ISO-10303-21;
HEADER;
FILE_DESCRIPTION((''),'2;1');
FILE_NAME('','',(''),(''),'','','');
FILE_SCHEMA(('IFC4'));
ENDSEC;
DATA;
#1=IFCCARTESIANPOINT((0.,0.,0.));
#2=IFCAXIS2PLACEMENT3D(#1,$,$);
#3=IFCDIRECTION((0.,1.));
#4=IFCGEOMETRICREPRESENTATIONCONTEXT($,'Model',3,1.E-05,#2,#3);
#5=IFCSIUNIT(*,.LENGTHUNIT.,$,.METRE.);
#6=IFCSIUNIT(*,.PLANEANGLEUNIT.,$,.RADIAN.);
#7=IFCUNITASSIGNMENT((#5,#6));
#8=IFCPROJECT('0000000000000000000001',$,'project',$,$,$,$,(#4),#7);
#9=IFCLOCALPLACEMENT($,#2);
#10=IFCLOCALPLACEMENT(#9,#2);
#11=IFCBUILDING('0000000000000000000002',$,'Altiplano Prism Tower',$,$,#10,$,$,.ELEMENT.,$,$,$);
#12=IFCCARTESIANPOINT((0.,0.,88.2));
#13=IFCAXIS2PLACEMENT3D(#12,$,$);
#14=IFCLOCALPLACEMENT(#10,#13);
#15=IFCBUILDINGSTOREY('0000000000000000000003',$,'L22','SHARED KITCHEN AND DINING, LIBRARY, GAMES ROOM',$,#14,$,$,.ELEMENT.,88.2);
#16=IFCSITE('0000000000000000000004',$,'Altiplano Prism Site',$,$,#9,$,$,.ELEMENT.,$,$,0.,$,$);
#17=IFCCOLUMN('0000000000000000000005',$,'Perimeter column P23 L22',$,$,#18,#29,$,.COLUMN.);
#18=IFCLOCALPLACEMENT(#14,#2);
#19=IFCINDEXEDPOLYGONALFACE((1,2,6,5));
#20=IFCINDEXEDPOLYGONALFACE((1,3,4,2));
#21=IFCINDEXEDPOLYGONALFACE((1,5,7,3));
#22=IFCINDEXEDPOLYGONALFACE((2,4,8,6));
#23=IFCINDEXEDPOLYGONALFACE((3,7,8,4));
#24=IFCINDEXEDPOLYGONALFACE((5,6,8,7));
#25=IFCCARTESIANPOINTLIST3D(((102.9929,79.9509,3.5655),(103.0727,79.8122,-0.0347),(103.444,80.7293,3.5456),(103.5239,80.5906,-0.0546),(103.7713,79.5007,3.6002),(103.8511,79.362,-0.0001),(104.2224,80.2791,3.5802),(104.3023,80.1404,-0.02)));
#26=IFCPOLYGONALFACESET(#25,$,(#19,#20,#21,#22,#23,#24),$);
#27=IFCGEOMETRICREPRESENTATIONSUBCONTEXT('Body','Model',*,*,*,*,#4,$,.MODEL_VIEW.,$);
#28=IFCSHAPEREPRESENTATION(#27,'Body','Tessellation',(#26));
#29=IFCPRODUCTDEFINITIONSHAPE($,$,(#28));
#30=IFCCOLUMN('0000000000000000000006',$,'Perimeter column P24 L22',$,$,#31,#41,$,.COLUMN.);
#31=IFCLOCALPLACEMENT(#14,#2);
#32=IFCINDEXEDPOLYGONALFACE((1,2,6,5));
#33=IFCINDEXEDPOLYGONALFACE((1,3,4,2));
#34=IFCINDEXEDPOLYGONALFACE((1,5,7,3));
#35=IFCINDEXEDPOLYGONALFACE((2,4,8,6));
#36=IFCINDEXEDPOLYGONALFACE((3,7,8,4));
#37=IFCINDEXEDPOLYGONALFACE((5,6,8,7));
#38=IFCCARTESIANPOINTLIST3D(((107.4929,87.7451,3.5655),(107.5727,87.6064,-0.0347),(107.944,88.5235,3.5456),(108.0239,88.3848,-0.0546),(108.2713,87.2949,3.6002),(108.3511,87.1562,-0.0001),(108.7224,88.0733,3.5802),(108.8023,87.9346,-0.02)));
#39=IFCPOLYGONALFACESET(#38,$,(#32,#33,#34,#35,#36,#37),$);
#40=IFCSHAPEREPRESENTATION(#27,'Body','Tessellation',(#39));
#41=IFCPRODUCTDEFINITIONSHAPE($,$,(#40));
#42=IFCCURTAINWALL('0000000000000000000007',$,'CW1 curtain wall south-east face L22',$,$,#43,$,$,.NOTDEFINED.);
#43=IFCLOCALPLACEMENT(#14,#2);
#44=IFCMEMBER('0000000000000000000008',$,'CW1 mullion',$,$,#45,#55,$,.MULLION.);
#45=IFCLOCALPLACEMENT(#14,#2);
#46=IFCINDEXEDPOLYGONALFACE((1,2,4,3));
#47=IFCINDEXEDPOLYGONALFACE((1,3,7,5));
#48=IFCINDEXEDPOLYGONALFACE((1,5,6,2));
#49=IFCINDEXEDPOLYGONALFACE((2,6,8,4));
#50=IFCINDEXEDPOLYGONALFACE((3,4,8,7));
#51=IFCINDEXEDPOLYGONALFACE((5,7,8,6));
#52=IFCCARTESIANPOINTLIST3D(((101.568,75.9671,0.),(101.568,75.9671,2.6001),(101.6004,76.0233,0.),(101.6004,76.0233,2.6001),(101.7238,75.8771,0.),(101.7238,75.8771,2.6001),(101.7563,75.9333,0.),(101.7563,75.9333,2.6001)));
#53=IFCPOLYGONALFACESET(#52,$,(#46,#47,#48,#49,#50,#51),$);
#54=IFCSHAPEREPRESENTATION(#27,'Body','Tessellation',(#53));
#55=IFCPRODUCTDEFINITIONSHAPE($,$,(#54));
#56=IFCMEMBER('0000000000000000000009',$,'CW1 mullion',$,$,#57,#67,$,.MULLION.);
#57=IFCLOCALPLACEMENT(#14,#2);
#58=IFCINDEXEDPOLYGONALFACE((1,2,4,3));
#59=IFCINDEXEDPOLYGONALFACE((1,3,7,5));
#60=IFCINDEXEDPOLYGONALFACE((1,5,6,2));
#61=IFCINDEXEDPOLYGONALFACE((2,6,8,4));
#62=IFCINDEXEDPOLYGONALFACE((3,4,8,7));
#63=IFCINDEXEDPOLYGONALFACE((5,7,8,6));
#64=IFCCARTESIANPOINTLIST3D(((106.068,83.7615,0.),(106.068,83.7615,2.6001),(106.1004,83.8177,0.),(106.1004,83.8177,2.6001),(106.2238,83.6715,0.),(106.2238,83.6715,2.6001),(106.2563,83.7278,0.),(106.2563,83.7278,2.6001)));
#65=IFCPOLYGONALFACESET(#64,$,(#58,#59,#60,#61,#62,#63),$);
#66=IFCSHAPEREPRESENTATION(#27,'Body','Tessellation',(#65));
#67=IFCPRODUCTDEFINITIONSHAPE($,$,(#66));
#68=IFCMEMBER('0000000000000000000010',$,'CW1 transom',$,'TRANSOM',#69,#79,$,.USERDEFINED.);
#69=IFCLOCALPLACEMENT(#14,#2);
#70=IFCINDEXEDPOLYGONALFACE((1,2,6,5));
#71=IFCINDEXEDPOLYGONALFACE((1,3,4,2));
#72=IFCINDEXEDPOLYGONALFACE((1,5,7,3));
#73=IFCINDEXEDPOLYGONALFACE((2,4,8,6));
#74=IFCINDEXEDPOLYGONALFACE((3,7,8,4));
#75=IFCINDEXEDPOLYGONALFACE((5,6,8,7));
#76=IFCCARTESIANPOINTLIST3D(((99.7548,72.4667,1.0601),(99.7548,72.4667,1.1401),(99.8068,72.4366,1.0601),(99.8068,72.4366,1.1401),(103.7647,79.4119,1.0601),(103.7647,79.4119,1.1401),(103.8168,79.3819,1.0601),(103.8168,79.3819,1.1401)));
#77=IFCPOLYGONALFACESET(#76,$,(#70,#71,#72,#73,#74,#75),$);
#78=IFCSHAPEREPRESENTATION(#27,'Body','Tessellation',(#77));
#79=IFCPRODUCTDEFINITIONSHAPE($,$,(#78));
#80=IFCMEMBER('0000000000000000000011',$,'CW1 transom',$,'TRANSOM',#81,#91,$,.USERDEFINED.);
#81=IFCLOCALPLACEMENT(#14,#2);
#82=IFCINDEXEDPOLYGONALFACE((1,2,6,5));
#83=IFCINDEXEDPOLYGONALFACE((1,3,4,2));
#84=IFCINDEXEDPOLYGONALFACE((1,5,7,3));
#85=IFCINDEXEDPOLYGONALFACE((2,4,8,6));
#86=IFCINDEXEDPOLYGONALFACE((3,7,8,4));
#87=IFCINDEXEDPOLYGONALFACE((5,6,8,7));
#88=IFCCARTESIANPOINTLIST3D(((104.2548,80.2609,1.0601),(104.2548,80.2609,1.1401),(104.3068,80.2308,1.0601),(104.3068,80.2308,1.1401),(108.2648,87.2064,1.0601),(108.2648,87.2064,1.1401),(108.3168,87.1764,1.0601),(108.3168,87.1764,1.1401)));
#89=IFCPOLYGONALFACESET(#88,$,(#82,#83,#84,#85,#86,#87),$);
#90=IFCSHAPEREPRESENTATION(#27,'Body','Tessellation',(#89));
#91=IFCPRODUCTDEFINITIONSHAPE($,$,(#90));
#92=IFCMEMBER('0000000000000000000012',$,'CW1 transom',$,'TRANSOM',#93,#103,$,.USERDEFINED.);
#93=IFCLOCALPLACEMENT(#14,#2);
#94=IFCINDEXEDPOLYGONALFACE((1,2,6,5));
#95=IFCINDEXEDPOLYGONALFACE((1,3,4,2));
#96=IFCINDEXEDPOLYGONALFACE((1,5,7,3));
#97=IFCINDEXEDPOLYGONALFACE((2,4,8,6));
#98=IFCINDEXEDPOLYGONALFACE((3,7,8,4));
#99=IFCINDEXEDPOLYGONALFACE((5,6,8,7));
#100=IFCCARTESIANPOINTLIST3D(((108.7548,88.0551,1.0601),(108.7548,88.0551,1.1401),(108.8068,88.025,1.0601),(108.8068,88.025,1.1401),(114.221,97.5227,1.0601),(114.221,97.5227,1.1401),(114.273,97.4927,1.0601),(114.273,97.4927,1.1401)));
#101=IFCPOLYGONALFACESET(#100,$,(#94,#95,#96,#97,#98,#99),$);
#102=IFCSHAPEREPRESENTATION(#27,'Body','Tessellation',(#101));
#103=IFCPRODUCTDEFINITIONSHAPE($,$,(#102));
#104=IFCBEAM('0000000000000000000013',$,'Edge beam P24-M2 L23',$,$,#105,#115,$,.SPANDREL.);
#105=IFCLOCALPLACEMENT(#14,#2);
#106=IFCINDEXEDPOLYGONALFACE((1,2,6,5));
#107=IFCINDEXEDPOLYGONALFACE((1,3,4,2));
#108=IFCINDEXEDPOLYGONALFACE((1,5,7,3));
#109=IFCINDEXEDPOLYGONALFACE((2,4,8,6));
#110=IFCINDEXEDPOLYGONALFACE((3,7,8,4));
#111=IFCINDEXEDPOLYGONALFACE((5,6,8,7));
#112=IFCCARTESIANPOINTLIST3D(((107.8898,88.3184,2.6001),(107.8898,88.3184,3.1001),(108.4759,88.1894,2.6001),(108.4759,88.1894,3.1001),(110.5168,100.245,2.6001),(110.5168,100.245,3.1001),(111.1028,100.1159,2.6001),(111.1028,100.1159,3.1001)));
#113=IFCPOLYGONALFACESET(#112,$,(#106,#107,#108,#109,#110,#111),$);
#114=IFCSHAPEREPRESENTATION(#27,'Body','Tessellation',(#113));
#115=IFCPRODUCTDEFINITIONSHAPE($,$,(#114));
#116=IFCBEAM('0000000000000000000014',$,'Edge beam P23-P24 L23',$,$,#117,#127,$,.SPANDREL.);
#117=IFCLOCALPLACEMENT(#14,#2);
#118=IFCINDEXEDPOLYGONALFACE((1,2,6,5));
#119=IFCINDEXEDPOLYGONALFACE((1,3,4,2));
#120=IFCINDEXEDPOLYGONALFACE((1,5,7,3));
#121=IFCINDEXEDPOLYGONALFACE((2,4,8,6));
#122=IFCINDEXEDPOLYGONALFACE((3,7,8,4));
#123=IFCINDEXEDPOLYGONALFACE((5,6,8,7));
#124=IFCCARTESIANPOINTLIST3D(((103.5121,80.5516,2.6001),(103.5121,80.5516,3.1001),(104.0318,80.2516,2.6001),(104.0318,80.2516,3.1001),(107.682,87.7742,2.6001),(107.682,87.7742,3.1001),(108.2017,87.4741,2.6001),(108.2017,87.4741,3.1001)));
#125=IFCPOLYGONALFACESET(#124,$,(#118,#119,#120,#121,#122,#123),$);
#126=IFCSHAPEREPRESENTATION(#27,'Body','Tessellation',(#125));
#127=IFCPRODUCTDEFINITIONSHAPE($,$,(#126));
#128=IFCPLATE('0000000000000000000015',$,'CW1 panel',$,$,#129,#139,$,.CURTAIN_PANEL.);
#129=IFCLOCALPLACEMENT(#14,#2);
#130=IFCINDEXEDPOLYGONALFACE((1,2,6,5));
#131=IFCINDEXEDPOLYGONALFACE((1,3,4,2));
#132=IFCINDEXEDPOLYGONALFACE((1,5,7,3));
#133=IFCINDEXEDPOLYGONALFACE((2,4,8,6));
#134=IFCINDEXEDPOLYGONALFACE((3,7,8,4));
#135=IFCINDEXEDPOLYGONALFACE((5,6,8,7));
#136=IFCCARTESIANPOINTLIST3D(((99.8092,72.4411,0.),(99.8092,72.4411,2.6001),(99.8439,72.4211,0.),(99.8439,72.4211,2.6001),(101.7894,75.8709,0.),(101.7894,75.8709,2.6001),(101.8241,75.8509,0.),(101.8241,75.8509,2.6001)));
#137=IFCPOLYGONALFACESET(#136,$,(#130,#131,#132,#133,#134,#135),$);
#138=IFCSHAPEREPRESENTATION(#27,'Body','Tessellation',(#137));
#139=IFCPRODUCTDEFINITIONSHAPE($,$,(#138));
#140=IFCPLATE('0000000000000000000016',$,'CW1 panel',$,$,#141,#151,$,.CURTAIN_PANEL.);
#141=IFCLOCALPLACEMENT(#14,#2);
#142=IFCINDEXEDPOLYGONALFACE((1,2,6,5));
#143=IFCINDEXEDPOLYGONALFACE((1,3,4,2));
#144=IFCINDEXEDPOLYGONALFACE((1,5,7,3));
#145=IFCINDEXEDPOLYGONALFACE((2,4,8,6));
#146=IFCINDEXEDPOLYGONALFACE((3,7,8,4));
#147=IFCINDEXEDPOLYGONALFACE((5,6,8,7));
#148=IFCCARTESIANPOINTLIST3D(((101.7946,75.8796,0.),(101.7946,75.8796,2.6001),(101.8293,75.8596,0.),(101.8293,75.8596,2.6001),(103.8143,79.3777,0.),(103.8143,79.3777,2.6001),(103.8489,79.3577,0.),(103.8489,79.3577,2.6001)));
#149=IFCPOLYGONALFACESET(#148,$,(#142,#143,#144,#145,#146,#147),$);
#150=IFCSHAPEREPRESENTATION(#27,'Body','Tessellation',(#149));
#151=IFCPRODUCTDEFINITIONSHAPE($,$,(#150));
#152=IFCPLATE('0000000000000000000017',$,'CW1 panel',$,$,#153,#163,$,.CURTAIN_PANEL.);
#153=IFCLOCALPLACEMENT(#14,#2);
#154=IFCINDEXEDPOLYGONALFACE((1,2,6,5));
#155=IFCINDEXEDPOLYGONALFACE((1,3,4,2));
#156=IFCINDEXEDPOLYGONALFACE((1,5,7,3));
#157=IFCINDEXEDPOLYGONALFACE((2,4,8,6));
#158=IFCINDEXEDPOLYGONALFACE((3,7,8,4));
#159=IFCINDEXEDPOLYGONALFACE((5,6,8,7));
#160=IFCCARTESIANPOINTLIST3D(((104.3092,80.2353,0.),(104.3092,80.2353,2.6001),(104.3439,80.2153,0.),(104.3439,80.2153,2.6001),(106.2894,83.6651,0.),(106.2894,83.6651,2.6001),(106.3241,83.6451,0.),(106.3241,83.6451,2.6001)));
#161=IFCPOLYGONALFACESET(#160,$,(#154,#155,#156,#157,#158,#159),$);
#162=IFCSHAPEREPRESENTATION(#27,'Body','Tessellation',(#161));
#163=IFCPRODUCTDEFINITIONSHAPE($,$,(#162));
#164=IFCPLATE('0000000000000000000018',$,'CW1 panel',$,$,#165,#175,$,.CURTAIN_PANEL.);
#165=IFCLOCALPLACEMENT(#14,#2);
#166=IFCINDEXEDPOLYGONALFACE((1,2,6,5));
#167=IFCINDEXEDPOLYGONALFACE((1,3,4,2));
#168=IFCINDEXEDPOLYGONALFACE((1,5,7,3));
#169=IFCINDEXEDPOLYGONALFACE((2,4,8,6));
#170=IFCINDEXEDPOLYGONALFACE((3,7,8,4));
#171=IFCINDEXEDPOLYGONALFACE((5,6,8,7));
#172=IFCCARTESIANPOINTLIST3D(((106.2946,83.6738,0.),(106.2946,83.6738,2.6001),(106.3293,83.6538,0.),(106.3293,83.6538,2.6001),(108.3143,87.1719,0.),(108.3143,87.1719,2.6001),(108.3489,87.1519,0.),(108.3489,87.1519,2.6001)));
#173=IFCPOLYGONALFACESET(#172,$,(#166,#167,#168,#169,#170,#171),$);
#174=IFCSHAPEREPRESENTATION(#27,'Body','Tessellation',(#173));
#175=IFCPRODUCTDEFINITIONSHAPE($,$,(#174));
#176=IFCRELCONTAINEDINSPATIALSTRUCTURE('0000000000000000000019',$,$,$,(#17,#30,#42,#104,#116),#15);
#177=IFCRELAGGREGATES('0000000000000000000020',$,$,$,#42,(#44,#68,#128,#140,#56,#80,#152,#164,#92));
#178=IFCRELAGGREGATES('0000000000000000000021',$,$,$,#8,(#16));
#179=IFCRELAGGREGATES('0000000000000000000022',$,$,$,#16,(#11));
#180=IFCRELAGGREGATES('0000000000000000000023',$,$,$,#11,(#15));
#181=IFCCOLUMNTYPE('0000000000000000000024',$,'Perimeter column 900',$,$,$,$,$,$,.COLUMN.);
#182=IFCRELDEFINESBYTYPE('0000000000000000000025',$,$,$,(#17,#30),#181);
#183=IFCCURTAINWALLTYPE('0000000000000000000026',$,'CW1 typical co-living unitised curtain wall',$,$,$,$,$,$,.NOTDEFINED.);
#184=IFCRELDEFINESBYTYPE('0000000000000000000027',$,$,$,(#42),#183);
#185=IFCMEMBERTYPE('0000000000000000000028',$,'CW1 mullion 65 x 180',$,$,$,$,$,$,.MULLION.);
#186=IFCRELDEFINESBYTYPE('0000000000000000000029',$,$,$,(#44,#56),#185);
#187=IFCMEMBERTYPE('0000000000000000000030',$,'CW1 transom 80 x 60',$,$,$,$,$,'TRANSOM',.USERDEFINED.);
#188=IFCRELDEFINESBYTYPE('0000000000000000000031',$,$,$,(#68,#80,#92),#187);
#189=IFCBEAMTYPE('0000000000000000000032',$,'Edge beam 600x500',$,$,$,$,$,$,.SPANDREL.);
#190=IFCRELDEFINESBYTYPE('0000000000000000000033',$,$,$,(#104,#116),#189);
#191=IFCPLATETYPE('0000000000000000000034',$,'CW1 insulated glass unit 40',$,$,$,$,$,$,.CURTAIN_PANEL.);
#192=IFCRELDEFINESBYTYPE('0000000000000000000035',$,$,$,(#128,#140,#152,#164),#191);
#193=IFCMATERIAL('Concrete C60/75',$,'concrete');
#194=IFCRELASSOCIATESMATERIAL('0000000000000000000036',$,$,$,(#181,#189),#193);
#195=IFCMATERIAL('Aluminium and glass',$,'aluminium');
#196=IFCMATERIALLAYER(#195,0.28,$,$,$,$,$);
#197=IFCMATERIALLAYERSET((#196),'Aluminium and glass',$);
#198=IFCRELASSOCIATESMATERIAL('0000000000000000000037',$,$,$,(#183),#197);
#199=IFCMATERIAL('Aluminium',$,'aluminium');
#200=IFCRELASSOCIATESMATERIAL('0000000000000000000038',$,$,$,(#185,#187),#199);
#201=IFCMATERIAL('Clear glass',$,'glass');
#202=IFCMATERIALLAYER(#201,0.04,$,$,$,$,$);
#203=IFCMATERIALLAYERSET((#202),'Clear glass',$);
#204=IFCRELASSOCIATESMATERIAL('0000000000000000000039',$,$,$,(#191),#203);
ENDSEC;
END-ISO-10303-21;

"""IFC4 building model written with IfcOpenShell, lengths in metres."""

from ifc_helpers import new_model, si_unit, direction, frame, origin, origin_2d, place, context, subcontext, project, spatial, rectangle, extrude, material, layer, layer_set, material_profile, profile_set, type_object, element, aggregate, save


model = new_model("IFC4")

# Units and contexts
model_context = context("Model", 3, precision=1e-05, world=origin(), true_north=direction((0.0, 1.0)))
body_context = subcontext(model_context, "Body", "Model", "MODEL_VIEW")
ifc_project = project(units=[si_unit("LENGTHUNIT", "METRE"), si_unit("PLANEANGLEUNIT", "RADIAN")], contexts=[model_context])

# Site, building, storey
site_placement = place(None, origin())
site = spatial("IfcSite", under=ifc_project, at=site_placement, Name="Altiplano Prism Site", CompositionType="ELEMENT", RefElevation=0.0)
building_placement = place(site_placement, origin())
building = spatial("IfcBuilding", under=site, at=building_placement, Name="Altiplano Prism Tower", CompositionType="ELEMENT")
storey_placement = place(building_placement, frame((0.0, 0.0, 88.2)))
storey = spatial("IfcBuildingStorey", under=building, at=storey_placement, Name="L22", Description="SHARED KITCHEN AND DINING, LIBRARY, GAMES ROOM", CompositionType="ELEMENT", Elevation=88.2)

# Columns
ifc_material_1 = material(Name="Concrete C60/75", Category="concrete")
ifc_material_profile_1 = material_profile(ifc_material_1, rectangle(XDim=0.8999, YDim=0.8999, at=origin_2d()), Name="Perimeter column 900")
ifc_profile_set_1 = profile_set([ifc_material_profile_1], Name="Concrete C60/75")
column_type = type_object("IfcColumnType", Name="Perimeter column 900", PredefinedType="COLUMN", material=ifc_profile_set_1)
for number, where, z_axis, x_axis, name in (
    (1, (103.6875, 79.9763, -0.0273), (-0.022154, 0.038481, 0.999014), (-0.501318, -0.864979, 0.022201), "Perimeter column P23 L22"),
    (2, (108.1875, 87.7705, -0.0273), (-0.022154, 0.038481, 0.999014), (-0.501318, -0.864979, 0.022201), "Perimeter column P24 L22"),
):
    element("IfcColumn", number, at=place(storey_placement, frame(where, z_axis=z_axis, x_axis=x_axis)), inside=storey, type_object=column_type, Name=name, PredefinedType="COLUMN", context=body_context, shape_type="SweptSolid", body=[
        extrude(rectangle(XDim=0.8999, YDim=0.8999, at=origin_2d()), origin(), (0.0, 0.0, 1.0), 3.6038),
    ])

# Curtain wall, members
ifc_material_2 = material(Name="Aluminium and glass", Category="aluminium")
ifc_layer_1 = layer(ifc_material_2, 0.28)
ifc_layer_set_1 = layer_set([ifc_layer_1], Name="Aluminium and glass")
curtain_wall_type = type_object("IfcCurtainWallType", Name="CW1 typical co-living unitised curtain wall", PredefinedType="NOTDEFINED", material=ifc_layer_set_1)
curtain_wall_placement = place(storey_placement, origin())
curtain_wall = element("IfcCurtainWall", 3, at=curtain_wall_placement, inside=storey, type_object=curtain_wall_type, Name="CW1 curtain wall south-east face L22", PredefinedType="NOTDEFINED")
ifc_material_3 = material(Name="Aluminium", Category="aluminium")
ifc_material_profile_2 = material_profile(ifc_material_3, rectangle(XDim=0.1799, YDim=0.0649, at=origin_2d()), Name="CW1 mullion 65 x 180")
ifc_profile_set_2 = profile_set([ifc_material_profile_2], Name="Aluminium")
member_type_1 = type_object("IfcMemberType", Name="CW1 mullion 65 x 180", PredefinedType="MULLION", material=ifc_profile_set_2)
member_1_placement = place(storey_placement, frame((101.6621, 75.9502, 0.0), z_axis=(0.0, 0.0, 1.0), x_axis=(-0.866025, 0.5, 0.0)))
member_1 = element("IfcMember", 4, at=member_1_placement, type_object=member_type_1, Name="CW1 mullion", PredefinedType="MULLION", context=body_context, shape_type="SweptSolid", body=[
    extrude(rectangle(XDim=0.1799, YDim=0.0649, at=origin_2d()), origin(), (0.0, 0.0, 1.0), 2.6001),
])
member_2_placement = place(storey_placement, frame((106.1621, 83.7446, 0.0), z_axis=(0.0, 0.0, 1.0), x_axis=(-0.866025, 0.5, 0.0)))
member_2 = element("IfcMember", 5, at=member_2_placement, type_object=member_type_1, Name="CW1 mullion", PredefinedType="MULLION", context=body_context, shape_type="SweptSolid", body=[
    extrude(rectangle(XDim=0.1799, YDim=0.0649, at=origin_2d()), origin(), (0.0, 0.0, 1.0), 2.6001),
])
ifc_material_profile_3 = material_profile(ifc_material_3, rectangle(XDim=0.0601, YDim=0.0801, at=origin_2d()), Name="CW1 transom 80 x 60")
ifc_profile_set_3 = profile_set([ifc_material_profile_3], Name="Aluminium")
member_type_2 = type_object("IfcMemberType", Name="CW1 transom 80 x 60", ElementType="TRANSOM", PredefinedType="USERDEFINED", material=ifc_profile_set_3)
member_3_placement = place(storey_placement, frame((99.7808, 72.4517, 1.1001), z_axis=(0.500012, 0.866018, 0.0), x_axis=(-0.866018, 0.500012, 0.0)))
member_3 = element("IfcMember", 6, at=member_3_placement, type_object=member_type_2, Name="CW1 transom", ObjectType="TRANSOM", PredefinedType="USERDEFINED", context=body_context, shape_type="SweptSolid", body=[
    extrude(rectangle(XDim=0.0601, YDim=0.0801, at=origin_2d()), origin(), (0.0, 0.0, 1.0), 8.0198),
])
member_4_placement = place(storey_placement, frame((104.2808, 80.2458, 1.1001), z_axis=(0.499999, 0.866026, 0.0), x_axis=(-0.866026, 0.499999, 0.0)))
member_4 = element("IfcMember", 7, at=member_4_placement, type_object=member_type_2, Name="CW1 transom", ObjectType="TRANSOM", PredefinedType="USERDEFINED", context=body_context, shape_type="SweptSolid", body=[
    extrude(rectangle(XDim=0.0601, YDim=0.0801, at=origin_2d()), origin(), (0.0, 0.0, 1.0), 8.02),
])
member_5_placement = place(storey_placement, frame((108.7808, 88.04, 1.1001), z_axis=(0.500006, 0.866022, 0.0), x_axis=(-0.866022, 0.500006, 0.0)))
member_5 = element("IfcMember", 8, at=member_5_placement, type_object=member_type_2, Name="CW1 transom", ObjectType="TRANSOM", PredefinedType="USERDEFINED", context=body_context, shape_type="SweptSolid", body=[
    extrude(rectangle(XDim=0.0601, YDim=0.0801, at=origin_2d()), origin(), (0.0, 0.0, 1.0), 10.9324),
])

# Beams
ifc_material_profile_4 = material_profile(ifc_material_1, rectangle(XDim=0.6001, YDim=0.5, at=origin_2d()), Name="Edge beam 600x500")
ifc_profile_set_4 = profile_set([ifc_material_profile_4], Name="Concrete C60/75")
beam_type = type_object("IfcBeamType", Name="Edge beam 600x500", PredefinedType="SPANDREL", material=ifc_profile_set_4)
beam_1_placement = place(storey_placement, frame((108.1829, 88.2539, 2.8501), z_axis=(0.215105, 0.976591, 0.0), x_axis=(-0.976591, 0.215105, 0.0)))
element("IfcBeam", 9, at=beam_1_placement, inside=storey, type_object=beam_type, Name="Edge beam P24-M2 L23", PredefinedType="SPANDREL", context=body_context, shape_type="SweptSolid", body=[
    extrude(rectangle(XDim=0.6001, YDim=0.5, at=origin_2d()), origin(), (0.0, 0.0, 1.0), 12.2124),
])
beam_2_placement = place(storey_placement, frame((103.772, 80.4016, 2.8501), z_axis=(0.499993, 0.86603, 0.0), x_axis=(-0.86603, 0.499993, 0.0)))
element("IfcBeam", 10, at=beam_2_placement, inside=storey, type_object=beam_type, Name="Edge beam P23-P24 L23", PredefinedType="SPANDREL", context=body_context, shape_type="SweptSolid", body=[
    extrude(rectangle(XDim=0.6001, YDim=0.5, at=origin_2d()), origin(), (0.0, 0.0, 1.0), 8.3398),
])

# Plates
ifc_material_4 = material(Name="Clear glass", Category="glass")
ifc_layer_2 = layer(ifc_material_4, 0.04)
ifc_layer_set_2 = layer_set([ifc_layer_2], Name="Clear glass")
plate_type = type_object("IfcPlateType", Name="CW1 insulated glass unit 40", PredefinedType="CURTAIN_PANEL", material=ifc_layer_set_2)
plate_1_placement = place(storey_placement, frame((100.8167, 74.146, 0.0), z_axis=(0.0, 0.0, 1.0), x_axis=(0.5, 0.866025, 0.0)))
plate_1 = element("IfcPlate", 11, at=plate_1_placement, type_object=plate_type, Name="CW1 panel", PredefinedType="CURTAIN_PANEL", context=body_context, shape_type="SweptSolid", body=[
    extrude(rectangle(XDim=3.9604, YDim=0.04, at=origin_2d()), origin(), (0.0, 0.0, 1.0), 2.6001),
])
plate_2_placement = place(storey_placement, frame((102.8218, 77.6187, 0.0), z_axis=(0.0, 0.0, 1.0), x_axis=(0.5, 0.866025, 0.0)))
plate_2 = element("IfcPlate", 12, at=plate_2_placement, type_object=plate_type, Name="CW1 panel", PredefinedType="CURTAIN_PANEL", context=body_context, shape_type="SweptSolid", body=[
    extrude(rectangle(XDim=4.0393, YDim=0.04, at=origin_2d()), origin(), (0.0, 0.0, 1.0), 2.6001),
])
plate_3_placement = place(storey_placement, frame((105.3167, 81.9402, 0.0), z_axis=(0.0, 0.0, 1.0), x_axis=(0.5, 0.866025, 0.0)))
plate_3 = element("IfcPlate", 13, at=plate_3_placement, type_object=plate_type, Name="CW1 panel", PredefinedType="CURTAIN_PANEL", context=body_context, shape_type="SweptSolid", body=[
    extrude(rectangle(XDim=3.9604, YDim=0.04, at=origin_2d()), origin(), (0.0, 0.0, 1.0), 2.6001),
])
plate_4_placement = place(storey_placement, frame((107.3218, 85.4128, 0.0), z_axis=(0.0, 0.0, 1.0), x_axis=(0.5, 0.866025, 0.0)))
plate_4 = element("IfcPlate", 14, at=plate_4_placement, type_object=plate_type, Name="CW1 panel", PredefinedType="CURTAIN_PANEL", context=body_context, shape_type="SweptSolid", body=[
    extrude(rectangle(XDim=4.0393, YDim=0.04, at=origin_2d()), origin(), (0.0, 0.0, 1.0), 2.6001),
])
aggregate(curtain_wall, [member_1, member_3, plate_1, plate_2, member_2, member_4, plate_3, plate_4, member_5])

save(model, "model.ifc")
